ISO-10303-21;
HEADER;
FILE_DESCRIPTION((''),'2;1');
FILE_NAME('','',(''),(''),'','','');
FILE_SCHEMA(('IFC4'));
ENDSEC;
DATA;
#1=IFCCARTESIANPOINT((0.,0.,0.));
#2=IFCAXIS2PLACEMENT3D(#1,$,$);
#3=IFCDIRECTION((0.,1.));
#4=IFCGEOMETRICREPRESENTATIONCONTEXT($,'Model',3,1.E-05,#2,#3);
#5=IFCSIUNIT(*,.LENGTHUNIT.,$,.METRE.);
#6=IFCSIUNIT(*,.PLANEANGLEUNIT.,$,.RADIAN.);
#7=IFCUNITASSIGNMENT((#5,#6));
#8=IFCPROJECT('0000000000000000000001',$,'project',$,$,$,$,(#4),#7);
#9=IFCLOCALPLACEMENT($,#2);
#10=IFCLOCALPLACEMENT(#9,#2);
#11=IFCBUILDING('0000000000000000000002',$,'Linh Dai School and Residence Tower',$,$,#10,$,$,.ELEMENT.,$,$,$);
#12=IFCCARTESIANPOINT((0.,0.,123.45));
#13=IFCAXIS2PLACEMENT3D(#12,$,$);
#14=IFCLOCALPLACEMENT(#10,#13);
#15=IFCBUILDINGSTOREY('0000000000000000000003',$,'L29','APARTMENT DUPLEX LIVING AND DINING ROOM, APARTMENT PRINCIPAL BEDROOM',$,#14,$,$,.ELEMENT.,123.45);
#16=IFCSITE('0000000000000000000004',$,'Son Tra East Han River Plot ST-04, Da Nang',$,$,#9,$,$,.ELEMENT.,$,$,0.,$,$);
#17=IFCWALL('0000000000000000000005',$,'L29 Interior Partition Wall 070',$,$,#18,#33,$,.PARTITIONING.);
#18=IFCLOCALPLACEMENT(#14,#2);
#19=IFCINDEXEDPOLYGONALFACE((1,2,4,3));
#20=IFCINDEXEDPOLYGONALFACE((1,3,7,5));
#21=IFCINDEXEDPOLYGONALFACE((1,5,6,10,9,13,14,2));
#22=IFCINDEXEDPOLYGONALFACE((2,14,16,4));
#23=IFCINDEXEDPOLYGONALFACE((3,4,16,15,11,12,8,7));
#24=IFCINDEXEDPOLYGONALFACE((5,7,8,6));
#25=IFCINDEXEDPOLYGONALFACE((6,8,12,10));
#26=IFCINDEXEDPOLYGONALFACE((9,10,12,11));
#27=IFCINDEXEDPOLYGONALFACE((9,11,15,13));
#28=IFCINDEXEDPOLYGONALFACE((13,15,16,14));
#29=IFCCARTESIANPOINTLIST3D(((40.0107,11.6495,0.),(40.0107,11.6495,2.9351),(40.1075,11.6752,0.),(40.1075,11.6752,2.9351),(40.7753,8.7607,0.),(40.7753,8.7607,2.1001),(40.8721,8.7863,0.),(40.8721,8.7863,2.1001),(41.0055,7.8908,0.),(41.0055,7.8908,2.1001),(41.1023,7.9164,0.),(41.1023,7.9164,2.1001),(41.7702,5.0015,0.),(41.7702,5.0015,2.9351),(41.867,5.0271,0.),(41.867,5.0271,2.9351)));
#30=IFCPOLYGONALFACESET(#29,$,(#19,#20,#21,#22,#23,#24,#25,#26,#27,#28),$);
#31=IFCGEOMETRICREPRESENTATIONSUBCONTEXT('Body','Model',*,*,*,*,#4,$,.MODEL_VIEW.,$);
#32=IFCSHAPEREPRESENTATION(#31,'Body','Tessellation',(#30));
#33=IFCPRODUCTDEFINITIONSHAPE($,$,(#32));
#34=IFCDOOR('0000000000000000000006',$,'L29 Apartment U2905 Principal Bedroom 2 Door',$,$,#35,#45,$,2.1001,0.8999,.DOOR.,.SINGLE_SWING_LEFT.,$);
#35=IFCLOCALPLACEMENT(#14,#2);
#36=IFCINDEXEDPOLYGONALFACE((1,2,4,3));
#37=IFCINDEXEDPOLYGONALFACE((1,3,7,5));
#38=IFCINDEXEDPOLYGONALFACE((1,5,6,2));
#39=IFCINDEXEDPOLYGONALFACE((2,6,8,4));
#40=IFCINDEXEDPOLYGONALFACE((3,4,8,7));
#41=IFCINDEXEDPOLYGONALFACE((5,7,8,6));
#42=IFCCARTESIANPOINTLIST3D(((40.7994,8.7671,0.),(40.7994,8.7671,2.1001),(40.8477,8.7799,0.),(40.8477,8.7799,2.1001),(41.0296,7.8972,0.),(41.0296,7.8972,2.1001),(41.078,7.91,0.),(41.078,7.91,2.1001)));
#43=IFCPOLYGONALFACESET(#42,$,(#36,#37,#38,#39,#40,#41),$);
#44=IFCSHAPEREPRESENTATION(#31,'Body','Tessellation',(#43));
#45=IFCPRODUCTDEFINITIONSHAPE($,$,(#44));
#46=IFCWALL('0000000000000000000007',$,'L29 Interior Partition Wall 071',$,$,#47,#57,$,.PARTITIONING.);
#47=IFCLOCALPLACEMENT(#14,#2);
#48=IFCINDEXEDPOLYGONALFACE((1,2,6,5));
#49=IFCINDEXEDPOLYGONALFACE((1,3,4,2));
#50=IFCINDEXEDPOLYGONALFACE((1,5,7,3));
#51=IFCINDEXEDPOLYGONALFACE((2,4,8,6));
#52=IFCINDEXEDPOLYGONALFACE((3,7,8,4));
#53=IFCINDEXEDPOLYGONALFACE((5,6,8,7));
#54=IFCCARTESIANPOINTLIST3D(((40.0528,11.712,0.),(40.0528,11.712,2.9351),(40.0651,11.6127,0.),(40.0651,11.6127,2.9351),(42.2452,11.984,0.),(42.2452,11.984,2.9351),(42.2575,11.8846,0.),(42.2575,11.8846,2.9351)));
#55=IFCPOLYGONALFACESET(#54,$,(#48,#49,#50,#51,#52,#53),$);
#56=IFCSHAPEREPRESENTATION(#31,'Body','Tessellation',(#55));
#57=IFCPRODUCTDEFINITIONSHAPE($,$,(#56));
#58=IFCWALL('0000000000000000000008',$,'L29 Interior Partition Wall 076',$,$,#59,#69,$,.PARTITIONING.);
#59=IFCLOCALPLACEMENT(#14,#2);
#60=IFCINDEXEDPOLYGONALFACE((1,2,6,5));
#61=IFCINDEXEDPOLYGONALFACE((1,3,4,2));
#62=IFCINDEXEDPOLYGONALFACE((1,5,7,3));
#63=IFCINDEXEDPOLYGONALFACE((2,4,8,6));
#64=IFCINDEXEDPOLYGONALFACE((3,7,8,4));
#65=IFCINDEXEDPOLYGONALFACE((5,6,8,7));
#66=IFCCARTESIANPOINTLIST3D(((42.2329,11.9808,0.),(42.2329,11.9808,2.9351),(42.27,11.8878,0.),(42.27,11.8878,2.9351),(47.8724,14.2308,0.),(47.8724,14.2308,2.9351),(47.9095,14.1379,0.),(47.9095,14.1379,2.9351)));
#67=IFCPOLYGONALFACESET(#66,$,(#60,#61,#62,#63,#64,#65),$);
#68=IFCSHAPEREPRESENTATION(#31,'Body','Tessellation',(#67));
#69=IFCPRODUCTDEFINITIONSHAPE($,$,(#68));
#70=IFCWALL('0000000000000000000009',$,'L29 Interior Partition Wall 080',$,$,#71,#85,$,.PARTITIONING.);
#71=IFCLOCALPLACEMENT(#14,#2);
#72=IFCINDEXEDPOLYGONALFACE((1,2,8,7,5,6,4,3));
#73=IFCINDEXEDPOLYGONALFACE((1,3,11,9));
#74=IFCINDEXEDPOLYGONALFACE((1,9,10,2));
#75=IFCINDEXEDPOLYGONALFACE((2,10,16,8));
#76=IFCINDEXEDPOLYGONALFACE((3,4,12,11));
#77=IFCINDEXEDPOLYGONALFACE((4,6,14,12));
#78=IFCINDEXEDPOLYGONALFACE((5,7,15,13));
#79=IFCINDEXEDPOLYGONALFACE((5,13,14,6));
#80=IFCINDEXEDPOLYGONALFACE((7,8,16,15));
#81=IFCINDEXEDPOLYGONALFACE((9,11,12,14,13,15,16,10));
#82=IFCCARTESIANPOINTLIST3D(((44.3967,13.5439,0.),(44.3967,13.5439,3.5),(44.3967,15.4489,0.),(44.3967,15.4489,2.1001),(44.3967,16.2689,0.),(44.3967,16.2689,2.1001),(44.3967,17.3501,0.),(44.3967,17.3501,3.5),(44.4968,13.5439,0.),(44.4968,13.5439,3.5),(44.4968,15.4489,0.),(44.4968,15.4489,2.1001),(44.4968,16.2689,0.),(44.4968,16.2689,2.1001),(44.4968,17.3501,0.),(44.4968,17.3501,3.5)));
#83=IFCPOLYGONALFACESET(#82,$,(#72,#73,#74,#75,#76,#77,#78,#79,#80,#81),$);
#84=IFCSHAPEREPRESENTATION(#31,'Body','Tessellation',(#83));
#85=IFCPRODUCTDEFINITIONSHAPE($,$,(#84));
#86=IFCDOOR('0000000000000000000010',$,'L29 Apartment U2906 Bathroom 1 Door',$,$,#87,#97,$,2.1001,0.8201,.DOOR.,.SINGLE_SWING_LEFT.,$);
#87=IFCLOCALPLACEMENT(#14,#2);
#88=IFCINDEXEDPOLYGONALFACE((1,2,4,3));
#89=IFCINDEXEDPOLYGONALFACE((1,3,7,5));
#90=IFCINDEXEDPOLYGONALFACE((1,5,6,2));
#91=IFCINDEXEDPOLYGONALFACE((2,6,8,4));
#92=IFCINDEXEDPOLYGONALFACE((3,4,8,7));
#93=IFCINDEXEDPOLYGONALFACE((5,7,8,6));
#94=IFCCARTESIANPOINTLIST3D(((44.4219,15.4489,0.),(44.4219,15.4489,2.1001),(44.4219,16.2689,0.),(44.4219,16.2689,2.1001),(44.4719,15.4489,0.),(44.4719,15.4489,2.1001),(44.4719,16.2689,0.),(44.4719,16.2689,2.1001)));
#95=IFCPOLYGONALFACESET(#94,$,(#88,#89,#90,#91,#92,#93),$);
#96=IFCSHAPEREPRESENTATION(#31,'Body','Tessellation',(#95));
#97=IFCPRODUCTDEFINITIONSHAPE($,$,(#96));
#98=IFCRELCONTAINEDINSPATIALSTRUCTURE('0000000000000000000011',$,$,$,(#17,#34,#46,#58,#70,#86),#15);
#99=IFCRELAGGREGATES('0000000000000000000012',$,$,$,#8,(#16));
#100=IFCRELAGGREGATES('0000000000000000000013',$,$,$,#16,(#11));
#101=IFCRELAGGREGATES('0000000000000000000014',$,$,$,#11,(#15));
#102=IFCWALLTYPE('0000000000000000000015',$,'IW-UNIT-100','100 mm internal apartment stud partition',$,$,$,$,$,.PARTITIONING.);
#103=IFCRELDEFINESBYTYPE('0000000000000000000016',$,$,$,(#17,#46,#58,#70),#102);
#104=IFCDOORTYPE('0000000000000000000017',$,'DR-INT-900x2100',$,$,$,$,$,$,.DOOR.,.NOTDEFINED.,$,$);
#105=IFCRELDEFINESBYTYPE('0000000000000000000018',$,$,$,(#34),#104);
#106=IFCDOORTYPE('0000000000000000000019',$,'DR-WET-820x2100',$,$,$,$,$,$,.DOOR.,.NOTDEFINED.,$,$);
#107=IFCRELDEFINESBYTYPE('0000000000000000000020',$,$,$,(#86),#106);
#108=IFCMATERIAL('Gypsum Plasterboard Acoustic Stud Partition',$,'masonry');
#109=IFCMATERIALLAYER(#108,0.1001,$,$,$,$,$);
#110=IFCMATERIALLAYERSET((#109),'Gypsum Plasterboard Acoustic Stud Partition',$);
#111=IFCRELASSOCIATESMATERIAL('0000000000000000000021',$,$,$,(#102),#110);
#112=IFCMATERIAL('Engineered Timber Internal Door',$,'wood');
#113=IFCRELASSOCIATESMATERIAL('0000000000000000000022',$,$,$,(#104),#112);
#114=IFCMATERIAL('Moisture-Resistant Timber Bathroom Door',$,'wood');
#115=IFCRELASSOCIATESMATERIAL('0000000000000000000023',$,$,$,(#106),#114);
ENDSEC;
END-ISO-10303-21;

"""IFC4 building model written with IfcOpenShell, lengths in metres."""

from ifc_helpers import new_model, si_unit, direction, frame, frame_2d, origin, origin_2d, place, context, subcontext, project, spatial, rectangle, extrude, source, transform, mapped, material, layer, layer_set, type_object, element, fill, save


model = new_model("IFC4")

# Units and contexts
model_context = context("Model", 3, precision=1e-05, world=origin(), true_north=direction((0.0, 1.0)))
body_context = subcontext(model_context, "Body", "Model", "MODEL_VIEW")
ifc_project = project(units=[si_unit("LENGTHUNIT", "METRE"), si_unit("PLANEANGLEUNIT", "RADIAN")], contexts=[model_context])

# Site, building, storey
site_placement = place(None, origin())
site = spatial("IfcSite", under=ifc_project, at=site_placement, Name="Son Tra East Han River Plot ST-04, Da Nang", CompositionType="ELEMENT", RefElevation=0.0)
building_placement = place(site_placement, origin())
building = spatial("IfcBuilding", under=site, at=building_placement, Name="Linh Dai School and Residence Tower", CompositionType="ELEMENT")
storey_placement = place(building_placement, frame((0.0, 0.0, 123.45)))
storey = spatial("IfcBuildingStorey", under=building, at=storey_placement, Name="L29", Description="APARTMENT DUPLEX LIVING AND DINING ROOM, APARTMENT PRINCIPAL BEDROOM", CompositionType="ELEMENT", Elevation=123.45)

# Wall, opening, door
ifc_material_1 = material(Name="Gypsum Plasterboard Acoustic Stud Partition", Category="masonry")
ifc_layer_1 = layer(ifc_material_1, 0.1001)
ifc_layer_set_1 = layer_set([ifc_layer_1], Name="Gypsum Plasterboard Acoustic Stud Partition")
wall_type_1 = type_object("IfcWallType", Name="IW-UNIT-100", Description="100 mm internal apartment stud partition", PredefinedType="PARTITIONING", material=ifc_layer_set_1)
wall_1_placement = place(storey_placement, frame((40.0591, 11.6624, 0.0), z_axis=(0.0, 0.0, 1.0), x_axis=(0.255861, -0.966713, 0.0)))
wall_1 = element("IfcWall", 1, at=wall_1_placement, inside=storey, type_object=wall_type_1, Name="L29 Interior Partition Wall 070", PredefinedType="PARTITIONING", context=body_context, shape_type="SweptSolid", body=[
    extrude(rectangle(XDim=6.877, YDim=0.1001, at=frame_2d((3.4385, 0.0))), origin(), (0.0, 0.0, 1.0), 2.9351),
])
opening_1_placement = place(wall_1_placement, frame((2.9883, 0.0, 0.0)))
opening_1 = element("IfcOpeningElement", 2, at=opening_1_placement, cuts=wall_1, PredefinedType="OPENING", context=body_context, shape_type="SweptSolid", body=[
    extrude(rectangle(XDim=0.8999, YDim=2.1001, at=origin_2d()), frame((0.45, 0.0601, 1.05), z_axis=(0.0, -1.0, 0.0), x_axis=(1.0, 0.0, 0.0)), (0.0, 0.0, 1.0), 0.1201),
])
ifc_material_2 = material(Name="Engineered Timber Internal Door", Category="wood")
door_type_1 = type_object("IfcDoorType", Name="DR-INT-900x2100", OperationType="NOTDEFINED", PredefinedType="DOOR", material=ifc_material_2)
shared_shape_1 = source(origin(), body_context, "Body", "SweptSolid", [
    extrude(rectangle(XDim=0.8999, YDim=2.1001, at=origin_2d()), frame((0.45, 0.0249, 1.05), z_axis=(0.0, -1.0, 0.0), x_axis=(1.0, 0.0, 0.0)), (0.0, 0.0, 1.0), 0.05),
])
door_1_placement = place(opening_1_placement, origin())
door_1 = element("IfcDoor", 3, at=door_1_placement, inside=storey, type_object=door_type_1, Name="L29 Apartment U2905 Principal Bedroom 2 Door", OperationType="SINGLE_SWING_LEFT", OverallHeight=2.1001, OverallWidth=0.8999, PredefinedType="DOOR", context=body_context, shape_type="MappedRepresentation", body=[
    mapped(shared_shape_1, transform((0.0, 0.0, 0.0), x_axis=(1.0, 0.0, 0.0), y_axis=(0.0, 1.0, 0.0), z_axis=(0.0, 0.0, 1.0), scale=1.0)),
])
fill(opening_1, door_1)

# Walls
wall_2_placement = place(storey_placement, frame((40.0591, 11.6624, 0.0), z_axis=(0.0, 0.0, 1.0), x_axis=(0.992393, 0.12311, 0.0)))
element("IfcWall", 4, at=wall_2_placement, inside=storey, type_object=wall_type_1, Name="L29 Interior Partition Wall 071", PredefinedType="PARTITIONING", context=body_context, shape_type="SweptSolid", body=[
    extrude(rectangle(XDim=2.2092, YDim=0.1001, at=frame_2d((1.1045, 0.0))), origin(), (0.0, 0.0, 1.0), 2.9351),
])
wall_3_placement = place(storey_placement, frame((42.2515, 11.9343, 0.0), z_axis=(0.0, 0.0, 1.0), x_axis=(0.928804, 0.370572, 0.0)))
element("IfcWall", 5, at=wall_3_placement, inside=storey, type_object=wall_type_1, Name="L29 Interior Partition Wall 076", PredefinedType="PARTITIONING", context=body_context, shape_type="SweptSolid", body=[
    extrude(rectangle(XDim=6.0718, YDim=0.1001, at=frame_2d((3.0359, 0.0))), origin(), (0.0, 0.0, 1.0), 2.9351),
])

# Wall, opening, door
wall_4_placement = place(storey_placement, frame((44.4468, 13.5439, 0.0), z_axis=(0.0, 0.0, 1.0), x_axis=(0.0, 1.0, 0.0)))
wall_4 = element("IfcWall", 6, at=wall_4_placement, inside=storey, type_object=wall_type_1, Name="L29 Interior Partition Wall 080", PredefinedType="PARTITIONING", context=body_context, shape_type="SweptSolid", body=[
    extrude(rectangle(XDim=3.8062, YDim=0.1001, at=frame_2d((1.9031, 0.0))), origin(), (0.0, 0.0, 1.0), 3.5),
])
opening_2_placement = place(wall_4_placement, frame((1.9048, 0.0, 0.0)))
opening_2 = element("IfcOpeningElement", 7, at=opening_2_placement, cuts=wall_4, PredefinedType="OPENING", context=body_context, shape_type="SweptSolid", body=[
    extrude(rectangle(XDim=0.8201, YDim=2.1001, at=origin_2d()), frame((0.4102, 0.0601, 1.05), z_axis=(0.0, -1.0, 0.0), x_axis=(1.0, 0.0, 0.0)), (0.0, 0.0, 1.0), 0.1201),
])
ifc_material_3 = material(Name="Moisture-Resistant Timber Bathroom Door", Category="wood")
door_type_2 = type_object("IfcDoorType", Name="DR-WET-820x2100", OperationType="NOTDEFINED", PredefinedType="DOOR", material=ifc_material_3)
shared_shape_2 = source(origin(), body_context, "Body", "SweptSolid", [
    extrude(rectangle(XDim=0.8201, YDim=2.1001, at=origin_2d()), frame((0.4102, 0.0249, 1.05), z_axis=(0.0, -1.0, 0.0), x_axis=(1.0, 0.0, 0.0)), (0.0, 0.0, 1.0), 0.05),
])
door_2_placement = place(opening_2_placement, origin())
door_2 = element("IfcDoor", 8, at=door_2_placement, inside=storey, type_object=door_type_2, Name="L29 Apartment U2906 Bathroom 1 Door", OperationType="SINGLE_SWING_LEFT", OverallHeight=2.1001, OverallWidth=0.8201, PredefinedType="DOOR", context=body_context, shape_type="MappedRepresentation", body=[
    mapped(shared_shape_2, transform((0.0, 0.0, 0.0), x_axis=(1.0, 0.0, 0.0), y_axis=(0.0, 1.0, 0.0), z_axis=(0.0, 0.0, 1.0), scale=1.0)),
])
fill(opening_2, door_2)

save(model, "model.ifc")
